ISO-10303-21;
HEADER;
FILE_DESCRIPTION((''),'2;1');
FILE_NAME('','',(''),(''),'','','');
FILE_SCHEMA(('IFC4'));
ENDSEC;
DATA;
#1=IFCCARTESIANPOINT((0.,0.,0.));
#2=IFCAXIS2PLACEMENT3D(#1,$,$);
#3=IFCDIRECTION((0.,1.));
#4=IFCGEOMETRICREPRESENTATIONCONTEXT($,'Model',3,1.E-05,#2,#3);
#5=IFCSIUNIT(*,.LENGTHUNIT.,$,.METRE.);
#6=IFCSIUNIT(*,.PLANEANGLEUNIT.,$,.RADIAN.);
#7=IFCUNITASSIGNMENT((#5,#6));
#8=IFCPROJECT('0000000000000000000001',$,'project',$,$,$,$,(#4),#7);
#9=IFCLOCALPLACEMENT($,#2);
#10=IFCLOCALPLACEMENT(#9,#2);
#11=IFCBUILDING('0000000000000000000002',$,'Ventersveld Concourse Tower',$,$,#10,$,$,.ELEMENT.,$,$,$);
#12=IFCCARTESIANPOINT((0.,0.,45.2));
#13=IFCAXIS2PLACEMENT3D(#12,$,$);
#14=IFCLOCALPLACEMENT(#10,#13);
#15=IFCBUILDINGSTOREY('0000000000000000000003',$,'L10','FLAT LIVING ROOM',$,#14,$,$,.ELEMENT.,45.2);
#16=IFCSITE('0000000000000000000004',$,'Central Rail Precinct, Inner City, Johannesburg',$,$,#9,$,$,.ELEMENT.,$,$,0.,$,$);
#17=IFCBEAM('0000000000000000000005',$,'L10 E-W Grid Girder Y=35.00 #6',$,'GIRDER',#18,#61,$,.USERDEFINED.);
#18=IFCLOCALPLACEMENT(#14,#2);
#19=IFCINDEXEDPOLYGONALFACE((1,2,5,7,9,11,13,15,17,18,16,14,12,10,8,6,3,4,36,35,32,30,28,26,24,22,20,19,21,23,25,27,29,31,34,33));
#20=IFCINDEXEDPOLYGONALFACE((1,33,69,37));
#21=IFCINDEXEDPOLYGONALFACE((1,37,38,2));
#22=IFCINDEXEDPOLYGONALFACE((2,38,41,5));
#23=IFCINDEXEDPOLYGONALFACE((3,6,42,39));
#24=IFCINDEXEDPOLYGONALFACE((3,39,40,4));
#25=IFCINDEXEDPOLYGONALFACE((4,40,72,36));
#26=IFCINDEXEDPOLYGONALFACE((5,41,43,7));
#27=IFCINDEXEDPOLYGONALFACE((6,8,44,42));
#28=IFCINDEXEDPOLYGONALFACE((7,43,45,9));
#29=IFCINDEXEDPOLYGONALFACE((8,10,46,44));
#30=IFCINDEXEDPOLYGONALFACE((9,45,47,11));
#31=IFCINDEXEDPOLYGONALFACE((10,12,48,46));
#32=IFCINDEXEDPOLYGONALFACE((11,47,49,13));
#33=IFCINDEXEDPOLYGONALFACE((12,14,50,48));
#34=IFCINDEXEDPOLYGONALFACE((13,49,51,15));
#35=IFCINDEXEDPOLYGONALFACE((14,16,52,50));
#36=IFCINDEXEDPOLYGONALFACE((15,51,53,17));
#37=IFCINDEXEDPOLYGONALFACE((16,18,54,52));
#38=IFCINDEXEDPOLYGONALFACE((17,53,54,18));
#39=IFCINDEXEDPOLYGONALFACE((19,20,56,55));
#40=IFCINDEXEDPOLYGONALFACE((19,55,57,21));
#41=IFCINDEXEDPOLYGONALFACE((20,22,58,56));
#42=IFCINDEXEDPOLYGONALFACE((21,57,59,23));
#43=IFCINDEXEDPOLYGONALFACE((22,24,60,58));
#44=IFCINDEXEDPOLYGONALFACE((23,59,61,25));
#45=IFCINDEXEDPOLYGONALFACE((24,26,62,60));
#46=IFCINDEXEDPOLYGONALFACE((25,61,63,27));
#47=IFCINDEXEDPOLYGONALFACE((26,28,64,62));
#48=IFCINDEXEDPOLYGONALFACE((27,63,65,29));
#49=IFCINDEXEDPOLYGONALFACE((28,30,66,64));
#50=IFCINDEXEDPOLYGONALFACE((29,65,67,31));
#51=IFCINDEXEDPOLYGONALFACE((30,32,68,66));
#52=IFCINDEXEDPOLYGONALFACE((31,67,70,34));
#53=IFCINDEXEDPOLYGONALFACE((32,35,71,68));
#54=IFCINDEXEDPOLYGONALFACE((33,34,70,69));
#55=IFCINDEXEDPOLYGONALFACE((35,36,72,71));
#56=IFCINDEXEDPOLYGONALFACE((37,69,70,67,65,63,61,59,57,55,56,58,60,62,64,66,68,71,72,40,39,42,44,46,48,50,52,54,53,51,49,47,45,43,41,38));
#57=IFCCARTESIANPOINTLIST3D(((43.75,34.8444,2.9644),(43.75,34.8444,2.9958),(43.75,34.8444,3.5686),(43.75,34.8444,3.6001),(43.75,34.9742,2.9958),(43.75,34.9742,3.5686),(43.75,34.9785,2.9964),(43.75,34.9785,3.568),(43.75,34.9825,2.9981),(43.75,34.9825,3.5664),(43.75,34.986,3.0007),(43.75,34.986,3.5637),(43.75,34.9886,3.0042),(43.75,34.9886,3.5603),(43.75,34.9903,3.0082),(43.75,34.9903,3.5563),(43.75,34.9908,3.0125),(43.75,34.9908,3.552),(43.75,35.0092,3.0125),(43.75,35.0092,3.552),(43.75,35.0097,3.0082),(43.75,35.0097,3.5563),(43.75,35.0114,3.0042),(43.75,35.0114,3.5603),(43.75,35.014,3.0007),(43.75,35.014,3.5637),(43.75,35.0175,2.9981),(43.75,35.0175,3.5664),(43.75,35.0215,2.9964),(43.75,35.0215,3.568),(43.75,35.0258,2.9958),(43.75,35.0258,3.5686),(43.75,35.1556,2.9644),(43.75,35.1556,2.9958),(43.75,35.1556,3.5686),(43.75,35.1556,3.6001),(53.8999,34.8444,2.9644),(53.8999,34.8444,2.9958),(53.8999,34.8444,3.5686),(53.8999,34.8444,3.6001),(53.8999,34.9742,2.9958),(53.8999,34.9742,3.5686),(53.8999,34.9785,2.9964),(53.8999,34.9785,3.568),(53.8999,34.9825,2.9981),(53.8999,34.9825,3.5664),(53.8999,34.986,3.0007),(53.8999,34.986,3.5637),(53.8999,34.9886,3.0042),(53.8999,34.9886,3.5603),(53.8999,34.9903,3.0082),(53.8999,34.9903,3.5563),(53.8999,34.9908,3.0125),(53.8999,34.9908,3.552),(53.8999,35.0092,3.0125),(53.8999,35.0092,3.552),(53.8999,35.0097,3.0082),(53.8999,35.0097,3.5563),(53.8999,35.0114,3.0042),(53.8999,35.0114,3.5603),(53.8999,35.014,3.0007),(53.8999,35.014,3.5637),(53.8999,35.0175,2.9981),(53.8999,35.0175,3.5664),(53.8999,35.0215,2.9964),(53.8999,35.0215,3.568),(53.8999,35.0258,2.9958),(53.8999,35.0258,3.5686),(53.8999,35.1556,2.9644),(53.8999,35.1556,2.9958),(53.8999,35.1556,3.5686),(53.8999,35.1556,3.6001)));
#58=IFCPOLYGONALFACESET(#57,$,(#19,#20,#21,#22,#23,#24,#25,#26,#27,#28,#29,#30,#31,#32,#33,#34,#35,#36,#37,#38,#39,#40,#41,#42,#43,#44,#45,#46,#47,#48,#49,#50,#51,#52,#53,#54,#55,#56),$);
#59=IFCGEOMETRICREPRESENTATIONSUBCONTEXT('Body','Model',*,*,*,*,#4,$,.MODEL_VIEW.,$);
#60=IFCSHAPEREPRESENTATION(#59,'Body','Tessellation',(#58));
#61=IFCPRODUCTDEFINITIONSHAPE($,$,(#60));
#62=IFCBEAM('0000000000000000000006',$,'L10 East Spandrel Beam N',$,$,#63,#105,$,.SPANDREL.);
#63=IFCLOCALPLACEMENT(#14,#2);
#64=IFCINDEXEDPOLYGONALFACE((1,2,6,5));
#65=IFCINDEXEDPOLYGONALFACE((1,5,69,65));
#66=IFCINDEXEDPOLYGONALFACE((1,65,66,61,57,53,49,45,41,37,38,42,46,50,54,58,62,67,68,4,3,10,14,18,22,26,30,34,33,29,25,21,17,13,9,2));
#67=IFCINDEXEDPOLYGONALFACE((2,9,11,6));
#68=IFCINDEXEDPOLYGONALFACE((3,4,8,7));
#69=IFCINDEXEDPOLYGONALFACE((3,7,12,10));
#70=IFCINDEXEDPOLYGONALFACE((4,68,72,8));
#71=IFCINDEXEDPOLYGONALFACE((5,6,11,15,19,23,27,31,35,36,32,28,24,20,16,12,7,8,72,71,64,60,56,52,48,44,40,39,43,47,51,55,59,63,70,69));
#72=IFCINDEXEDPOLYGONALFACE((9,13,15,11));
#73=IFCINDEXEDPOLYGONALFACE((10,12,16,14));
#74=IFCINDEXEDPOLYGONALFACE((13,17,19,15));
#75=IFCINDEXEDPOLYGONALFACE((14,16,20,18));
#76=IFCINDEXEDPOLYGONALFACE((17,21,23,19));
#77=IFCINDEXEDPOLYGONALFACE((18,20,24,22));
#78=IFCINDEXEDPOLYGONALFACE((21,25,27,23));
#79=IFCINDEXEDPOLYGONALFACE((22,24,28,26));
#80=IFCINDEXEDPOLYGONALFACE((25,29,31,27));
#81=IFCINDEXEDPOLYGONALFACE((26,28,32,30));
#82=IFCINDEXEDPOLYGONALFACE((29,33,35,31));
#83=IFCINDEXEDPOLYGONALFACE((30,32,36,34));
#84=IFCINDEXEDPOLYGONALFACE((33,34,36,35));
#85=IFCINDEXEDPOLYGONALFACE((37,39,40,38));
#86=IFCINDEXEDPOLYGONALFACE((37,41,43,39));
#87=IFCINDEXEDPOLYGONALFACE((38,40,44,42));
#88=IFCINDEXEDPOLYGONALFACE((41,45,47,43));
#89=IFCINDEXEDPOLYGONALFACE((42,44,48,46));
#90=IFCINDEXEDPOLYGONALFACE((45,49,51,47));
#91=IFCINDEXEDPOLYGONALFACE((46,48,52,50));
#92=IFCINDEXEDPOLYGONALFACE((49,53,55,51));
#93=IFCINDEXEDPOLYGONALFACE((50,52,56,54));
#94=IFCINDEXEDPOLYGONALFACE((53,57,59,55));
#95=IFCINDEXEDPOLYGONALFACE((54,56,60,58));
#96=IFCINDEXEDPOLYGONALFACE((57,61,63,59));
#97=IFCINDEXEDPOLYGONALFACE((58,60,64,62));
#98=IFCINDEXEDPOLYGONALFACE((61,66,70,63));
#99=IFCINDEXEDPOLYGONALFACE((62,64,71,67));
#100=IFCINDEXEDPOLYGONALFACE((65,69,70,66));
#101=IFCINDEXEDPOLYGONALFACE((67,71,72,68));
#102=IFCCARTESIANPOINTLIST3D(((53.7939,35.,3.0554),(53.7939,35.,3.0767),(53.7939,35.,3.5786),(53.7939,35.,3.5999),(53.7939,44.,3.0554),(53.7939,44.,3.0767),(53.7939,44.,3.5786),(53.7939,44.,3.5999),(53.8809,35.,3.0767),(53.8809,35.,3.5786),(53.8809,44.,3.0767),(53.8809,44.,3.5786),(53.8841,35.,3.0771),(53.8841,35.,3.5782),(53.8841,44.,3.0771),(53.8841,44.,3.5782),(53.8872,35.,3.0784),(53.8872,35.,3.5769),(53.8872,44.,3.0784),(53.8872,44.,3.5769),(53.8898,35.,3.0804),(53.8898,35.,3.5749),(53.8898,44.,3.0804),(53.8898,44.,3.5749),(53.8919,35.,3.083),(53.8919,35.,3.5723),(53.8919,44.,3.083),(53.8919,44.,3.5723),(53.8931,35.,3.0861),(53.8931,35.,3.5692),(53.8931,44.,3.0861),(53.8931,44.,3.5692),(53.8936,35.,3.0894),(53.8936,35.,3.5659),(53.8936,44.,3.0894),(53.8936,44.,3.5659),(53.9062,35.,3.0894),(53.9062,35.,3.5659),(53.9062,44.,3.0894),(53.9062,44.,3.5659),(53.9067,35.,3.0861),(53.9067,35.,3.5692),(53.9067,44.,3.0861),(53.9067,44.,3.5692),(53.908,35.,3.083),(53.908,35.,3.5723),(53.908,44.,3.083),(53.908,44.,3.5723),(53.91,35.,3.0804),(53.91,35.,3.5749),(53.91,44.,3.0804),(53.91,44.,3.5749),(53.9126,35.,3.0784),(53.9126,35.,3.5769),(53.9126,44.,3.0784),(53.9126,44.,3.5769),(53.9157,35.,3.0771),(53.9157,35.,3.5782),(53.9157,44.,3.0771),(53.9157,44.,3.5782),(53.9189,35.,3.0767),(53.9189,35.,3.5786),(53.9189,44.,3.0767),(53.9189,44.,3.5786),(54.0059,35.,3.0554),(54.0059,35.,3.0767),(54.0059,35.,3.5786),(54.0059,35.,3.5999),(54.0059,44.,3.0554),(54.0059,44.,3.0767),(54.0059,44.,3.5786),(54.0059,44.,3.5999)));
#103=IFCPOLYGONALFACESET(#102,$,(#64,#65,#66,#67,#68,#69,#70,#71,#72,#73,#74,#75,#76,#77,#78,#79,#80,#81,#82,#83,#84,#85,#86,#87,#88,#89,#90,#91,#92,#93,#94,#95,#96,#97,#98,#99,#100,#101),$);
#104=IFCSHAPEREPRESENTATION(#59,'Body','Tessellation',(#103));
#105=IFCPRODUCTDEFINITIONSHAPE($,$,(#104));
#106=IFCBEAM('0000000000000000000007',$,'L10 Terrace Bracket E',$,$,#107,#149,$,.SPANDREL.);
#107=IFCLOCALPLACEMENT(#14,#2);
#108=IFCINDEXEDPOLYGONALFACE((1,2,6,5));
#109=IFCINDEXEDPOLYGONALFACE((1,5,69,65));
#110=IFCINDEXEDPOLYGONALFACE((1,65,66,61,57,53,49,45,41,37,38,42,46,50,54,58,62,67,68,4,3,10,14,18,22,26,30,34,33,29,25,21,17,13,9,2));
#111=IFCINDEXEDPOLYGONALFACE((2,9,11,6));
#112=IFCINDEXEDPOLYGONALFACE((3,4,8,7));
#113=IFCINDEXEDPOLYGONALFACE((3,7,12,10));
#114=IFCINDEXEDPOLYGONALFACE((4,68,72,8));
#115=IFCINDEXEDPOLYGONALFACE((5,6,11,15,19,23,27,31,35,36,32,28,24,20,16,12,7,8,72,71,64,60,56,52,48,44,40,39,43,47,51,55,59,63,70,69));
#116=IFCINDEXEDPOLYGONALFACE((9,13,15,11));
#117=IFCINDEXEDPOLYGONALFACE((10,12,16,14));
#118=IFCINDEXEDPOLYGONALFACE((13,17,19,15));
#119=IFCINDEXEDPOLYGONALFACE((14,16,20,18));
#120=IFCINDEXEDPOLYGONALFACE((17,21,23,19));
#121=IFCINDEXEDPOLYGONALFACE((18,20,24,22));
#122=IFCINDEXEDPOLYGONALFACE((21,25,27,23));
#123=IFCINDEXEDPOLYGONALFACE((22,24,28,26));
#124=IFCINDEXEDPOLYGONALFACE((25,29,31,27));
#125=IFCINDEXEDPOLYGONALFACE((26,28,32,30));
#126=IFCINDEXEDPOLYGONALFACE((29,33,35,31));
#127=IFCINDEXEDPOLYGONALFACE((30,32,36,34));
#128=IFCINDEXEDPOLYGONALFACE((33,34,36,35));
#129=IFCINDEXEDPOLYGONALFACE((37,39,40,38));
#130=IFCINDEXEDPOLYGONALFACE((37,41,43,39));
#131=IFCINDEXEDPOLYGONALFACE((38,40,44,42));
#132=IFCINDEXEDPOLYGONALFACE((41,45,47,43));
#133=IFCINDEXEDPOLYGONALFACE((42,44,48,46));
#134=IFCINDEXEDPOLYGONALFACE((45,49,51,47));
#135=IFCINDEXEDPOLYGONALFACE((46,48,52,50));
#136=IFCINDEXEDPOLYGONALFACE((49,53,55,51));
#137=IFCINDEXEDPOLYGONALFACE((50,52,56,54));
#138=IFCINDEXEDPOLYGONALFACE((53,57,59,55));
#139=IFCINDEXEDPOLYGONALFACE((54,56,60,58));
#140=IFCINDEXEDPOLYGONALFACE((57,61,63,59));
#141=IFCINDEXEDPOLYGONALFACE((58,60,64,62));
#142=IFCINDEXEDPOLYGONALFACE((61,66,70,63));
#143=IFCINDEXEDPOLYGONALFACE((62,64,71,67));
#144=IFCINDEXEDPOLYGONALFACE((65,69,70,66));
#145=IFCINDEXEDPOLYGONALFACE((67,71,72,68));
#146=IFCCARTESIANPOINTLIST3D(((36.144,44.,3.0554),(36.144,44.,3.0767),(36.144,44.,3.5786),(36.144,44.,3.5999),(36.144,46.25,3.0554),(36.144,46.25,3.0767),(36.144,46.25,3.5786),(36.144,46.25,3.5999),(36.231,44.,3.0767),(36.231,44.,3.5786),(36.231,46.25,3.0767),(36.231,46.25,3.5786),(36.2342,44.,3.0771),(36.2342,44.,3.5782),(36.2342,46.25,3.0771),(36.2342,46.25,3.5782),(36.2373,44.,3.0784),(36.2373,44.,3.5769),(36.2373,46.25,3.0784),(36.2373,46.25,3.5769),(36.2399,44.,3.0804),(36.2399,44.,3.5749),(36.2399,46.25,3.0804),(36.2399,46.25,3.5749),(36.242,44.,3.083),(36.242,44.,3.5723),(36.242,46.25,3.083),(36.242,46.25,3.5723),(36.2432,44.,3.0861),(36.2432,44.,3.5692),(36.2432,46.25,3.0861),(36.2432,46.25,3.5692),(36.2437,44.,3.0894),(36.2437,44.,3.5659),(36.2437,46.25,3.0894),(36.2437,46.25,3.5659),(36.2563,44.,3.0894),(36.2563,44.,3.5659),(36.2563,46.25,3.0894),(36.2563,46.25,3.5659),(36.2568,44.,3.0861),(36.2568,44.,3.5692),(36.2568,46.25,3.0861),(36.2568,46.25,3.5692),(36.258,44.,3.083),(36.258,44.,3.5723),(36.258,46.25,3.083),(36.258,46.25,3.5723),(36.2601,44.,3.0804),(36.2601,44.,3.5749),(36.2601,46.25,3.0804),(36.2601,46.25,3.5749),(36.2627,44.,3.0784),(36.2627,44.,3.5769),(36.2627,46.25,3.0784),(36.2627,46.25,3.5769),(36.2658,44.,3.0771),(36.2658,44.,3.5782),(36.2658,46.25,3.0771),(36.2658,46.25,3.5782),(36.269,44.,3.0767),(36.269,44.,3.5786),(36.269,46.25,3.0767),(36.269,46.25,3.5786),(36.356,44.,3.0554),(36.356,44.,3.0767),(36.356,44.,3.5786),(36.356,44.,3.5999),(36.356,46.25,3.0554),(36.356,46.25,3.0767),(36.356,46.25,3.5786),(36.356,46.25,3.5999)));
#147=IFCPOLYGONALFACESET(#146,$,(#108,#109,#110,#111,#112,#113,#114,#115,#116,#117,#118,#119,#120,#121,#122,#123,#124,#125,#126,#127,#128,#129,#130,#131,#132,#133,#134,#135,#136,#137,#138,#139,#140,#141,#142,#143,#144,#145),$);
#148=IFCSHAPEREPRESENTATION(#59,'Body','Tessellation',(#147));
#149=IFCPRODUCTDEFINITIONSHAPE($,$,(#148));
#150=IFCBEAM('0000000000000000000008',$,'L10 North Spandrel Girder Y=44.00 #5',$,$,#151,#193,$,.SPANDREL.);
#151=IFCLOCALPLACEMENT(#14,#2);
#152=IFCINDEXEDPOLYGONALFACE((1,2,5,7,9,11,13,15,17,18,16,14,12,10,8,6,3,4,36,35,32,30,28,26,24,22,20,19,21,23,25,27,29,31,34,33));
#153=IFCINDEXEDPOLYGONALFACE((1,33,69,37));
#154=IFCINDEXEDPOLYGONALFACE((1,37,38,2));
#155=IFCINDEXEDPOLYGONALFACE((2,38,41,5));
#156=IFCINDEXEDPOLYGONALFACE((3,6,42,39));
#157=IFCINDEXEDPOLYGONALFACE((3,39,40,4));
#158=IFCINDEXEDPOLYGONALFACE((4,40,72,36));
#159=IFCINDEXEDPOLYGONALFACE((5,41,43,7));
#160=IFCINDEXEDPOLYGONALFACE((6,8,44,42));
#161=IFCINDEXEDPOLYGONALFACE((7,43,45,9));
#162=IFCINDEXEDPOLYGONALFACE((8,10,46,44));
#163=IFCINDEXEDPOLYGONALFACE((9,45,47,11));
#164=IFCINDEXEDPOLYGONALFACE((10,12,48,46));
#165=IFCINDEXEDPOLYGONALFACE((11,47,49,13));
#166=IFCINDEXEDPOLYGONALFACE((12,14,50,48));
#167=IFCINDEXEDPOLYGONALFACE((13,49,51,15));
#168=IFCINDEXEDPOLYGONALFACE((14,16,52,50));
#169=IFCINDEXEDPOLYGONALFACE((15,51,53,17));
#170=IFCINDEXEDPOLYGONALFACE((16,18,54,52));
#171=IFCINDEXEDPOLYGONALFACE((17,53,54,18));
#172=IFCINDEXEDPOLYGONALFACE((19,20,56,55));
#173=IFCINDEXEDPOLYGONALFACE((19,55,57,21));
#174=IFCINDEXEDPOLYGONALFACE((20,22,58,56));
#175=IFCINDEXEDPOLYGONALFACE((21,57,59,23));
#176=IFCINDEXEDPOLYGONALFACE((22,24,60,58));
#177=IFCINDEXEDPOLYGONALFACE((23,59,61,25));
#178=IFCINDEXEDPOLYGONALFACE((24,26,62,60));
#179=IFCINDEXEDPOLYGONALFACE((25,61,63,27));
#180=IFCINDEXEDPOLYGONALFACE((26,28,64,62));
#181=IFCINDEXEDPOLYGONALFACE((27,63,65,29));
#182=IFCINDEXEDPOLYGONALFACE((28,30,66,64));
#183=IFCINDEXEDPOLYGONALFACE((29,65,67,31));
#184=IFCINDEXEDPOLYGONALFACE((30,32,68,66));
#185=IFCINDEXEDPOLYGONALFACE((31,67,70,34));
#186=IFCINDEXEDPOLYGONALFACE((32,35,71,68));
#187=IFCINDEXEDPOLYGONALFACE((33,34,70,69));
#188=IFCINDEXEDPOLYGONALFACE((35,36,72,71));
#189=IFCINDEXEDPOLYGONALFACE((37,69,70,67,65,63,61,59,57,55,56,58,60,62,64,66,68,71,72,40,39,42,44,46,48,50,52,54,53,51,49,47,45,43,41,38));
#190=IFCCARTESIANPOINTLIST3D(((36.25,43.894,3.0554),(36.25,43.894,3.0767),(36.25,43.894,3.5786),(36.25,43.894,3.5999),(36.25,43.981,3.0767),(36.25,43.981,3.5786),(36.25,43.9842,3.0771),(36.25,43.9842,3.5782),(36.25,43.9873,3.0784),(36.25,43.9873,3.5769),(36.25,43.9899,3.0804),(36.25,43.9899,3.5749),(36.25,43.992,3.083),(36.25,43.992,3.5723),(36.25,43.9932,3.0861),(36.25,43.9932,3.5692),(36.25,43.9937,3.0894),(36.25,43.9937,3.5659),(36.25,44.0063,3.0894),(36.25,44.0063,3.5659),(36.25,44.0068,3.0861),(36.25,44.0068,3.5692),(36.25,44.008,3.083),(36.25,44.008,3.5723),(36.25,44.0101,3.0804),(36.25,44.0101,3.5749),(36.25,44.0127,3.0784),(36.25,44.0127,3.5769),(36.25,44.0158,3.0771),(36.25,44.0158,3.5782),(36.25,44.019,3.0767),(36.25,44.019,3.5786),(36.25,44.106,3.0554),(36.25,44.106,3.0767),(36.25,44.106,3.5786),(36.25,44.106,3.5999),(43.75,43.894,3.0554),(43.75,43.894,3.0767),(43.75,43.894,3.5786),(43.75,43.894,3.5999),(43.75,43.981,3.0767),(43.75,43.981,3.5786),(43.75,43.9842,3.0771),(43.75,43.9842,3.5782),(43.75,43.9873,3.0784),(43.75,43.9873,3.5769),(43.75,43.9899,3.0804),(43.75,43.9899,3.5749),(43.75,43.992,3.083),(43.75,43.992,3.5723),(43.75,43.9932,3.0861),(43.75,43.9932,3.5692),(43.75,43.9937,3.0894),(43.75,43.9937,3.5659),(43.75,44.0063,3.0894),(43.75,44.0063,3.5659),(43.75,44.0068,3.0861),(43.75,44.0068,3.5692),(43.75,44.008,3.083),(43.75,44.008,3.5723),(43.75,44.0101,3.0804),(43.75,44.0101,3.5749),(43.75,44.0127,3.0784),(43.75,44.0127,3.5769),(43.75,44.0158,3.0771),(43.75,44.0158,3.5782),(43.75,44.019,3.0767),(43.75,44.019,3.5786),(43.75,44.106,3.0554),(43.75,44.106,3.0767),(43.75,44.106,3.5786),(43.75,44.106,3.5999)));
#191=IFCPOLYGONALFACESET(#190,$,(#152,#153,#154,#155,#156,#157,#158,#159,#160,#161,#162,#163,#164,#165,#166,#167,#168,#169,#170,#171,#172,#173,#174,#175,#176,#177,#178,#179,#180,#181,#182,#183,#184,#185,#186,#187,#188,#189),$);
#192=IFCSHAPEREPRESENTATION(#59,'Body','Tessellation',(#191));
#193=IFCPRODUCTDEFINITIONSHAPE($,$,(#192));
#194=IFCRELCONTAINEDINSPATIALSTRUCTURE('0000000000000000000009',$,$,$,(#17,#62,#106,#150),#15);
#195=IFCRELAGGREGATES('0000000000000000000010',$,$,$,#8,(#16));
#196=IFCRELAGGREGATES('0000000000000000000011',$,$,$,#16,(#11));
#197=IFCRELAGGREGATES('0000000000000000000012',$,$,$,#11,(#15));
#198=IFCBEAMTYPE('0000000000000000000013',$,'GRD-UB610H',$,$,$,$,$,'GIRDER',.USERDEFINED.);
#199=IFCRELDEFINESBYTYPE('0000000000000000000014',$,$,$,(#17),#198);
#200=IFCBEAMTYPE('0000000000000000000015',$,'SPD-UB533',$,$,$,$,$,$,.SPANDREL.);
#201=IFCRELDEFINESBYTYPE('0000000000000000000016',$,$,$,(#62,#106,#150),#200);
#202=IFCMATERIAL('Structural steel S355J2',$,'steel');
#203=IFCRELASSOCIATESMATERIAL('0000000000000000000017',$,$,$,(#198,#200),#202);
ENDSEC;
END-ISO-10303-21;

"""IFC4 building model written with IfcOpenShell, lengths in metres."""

from ifc_helpers import new_model, si_unit, direction, frame, origin, origin_2d, place, context, subcontext, project, spatial, i_section, extrude, material, material_profile, profile_set, type_object, element, save


model = new_model("IFC4")

# Units and contexts
model_context = context("Model", 3, precision=1e-05, world=origin(), true_north=direction((0.0, 1.0)))
body_context = subcontext(model_context, "Body", "Model", "MODEL_VIEW")
ifc_project = project(units=[si_unit("LENGTHUNIT", "METRE"), si_unit("PLANEANGLEUNIT", "RADIAN")], contexts=[model_context])

# Site, building, storey
site_placement = place(None, origin())
site = spatial("IfcSite", under=ifc_project, at=site_placement, Name="Central Rail Precinct, Inner City, Johannesburg", CompositionType="ELEMENT", RefElevation=0.0)
building_placement = place(site_placement, origin())
building = spatial("IfcBuilding", under=site, at=building_placement, Name="Ventersveld Concourse Tower", CompositionType="ELEMENT")
storey_placement = place(building_placement, frame((0.0, 0.0, 45.2)))
storey = spatial("IfcBuildingStorey", under=building, at=storey_placement, Name="L10", Description="FLAT LIVING ROOM", CompositionType="ELEMENT", Elevation=45.2)

# Beams
ifc_material_1 = material(Name="Structural steel S355J2", Category="steel")
ifc_material_profile_1 = material_profile(ifc_material_1, i_section(OverallWidth=0.3113, OverallDepth=0.6357, WebThickness=0.0183, FlangeThickness=0.0315, FilletRadius=0.0166, at=origin_2d()), Name="UB 610x305x238")
ifc_profile_set_1 = profile_set([ifc_material_profile_1], Name="Structural steel S355J2")
beam_type_1 = type_object("IfcBeamType", Name="GRD-UB610H", ElementType="GIRDER", PredefinedType="USERDEFINED", material=ifc_profile_set_1)
beam_1_placement = place(storey_placement, frame((43.75, 35.0, 3.2822), z_axis=(1.0, 0.0, 0.0), x_axis=(0.0, 1.0, 0.0)))
element("IfcBeam", 1, at=beam_1_placement, inside=storey, type_object=beam_type_1, Name="L10 E-W Grid Girder Y=35.00 #6", ObjectType="GIRDER", PredefinedType="USERDEFINED", context=body_context, shape_type="SweptSolid", body=[
    extrude(i_section(OverallWidth=0.3113, OverallDepth=0.6357, WebThickness=0.0183, FlangeThickness=0.0315, FilletRadius=0.0166, at=origin_2d()), origin(), (0.0, 0.0, 1.0), 10.1499),
])
ifc_material_profile_2 = material_profile(ifc_material_1, i_section(OverallWidth=0.2119, OverallDepth=0.5444, WebThickness=0.0127, FlangeThickness=0.0212, FilletRadius=0.0127, at=origin_2d()), Name="UB 533x210x122")
ifc_profile_set_2 = profile_set([ifc_material_profile_2], Name="Structural steel S355J2")
beam_type_2 = type_object("IfcBeamType", Name="SPD-UB533", PredefinedType="SPANDREL", material=ifc_profile_set_2)
beam_2_placement = place(storey_placement, frame((53.8999, 35.0, 3.3276), z_axis=(0.0, 1.0, 0.0), x_axis=(-1.0, 0.0, 0.0)))
element("IfcBeam", 2, at=beam_2_placement, inside=storey, type_object=beam_type_2, Name="L10 East Spandrel Beam N", PredefinedType="SPANDREL", context=body_context, shape_type="SweptSolid", body=[
    extrude(i_section(OverallWidth=0.2119, OverallDepth=0.5444, WebThickness=0.0127, FlangeThickness=0.0212, FilletRadius=0.0127, at=origin_2d()), origin(), (0.0, 0.0, 1.0), 9.0),
])
beam_3_placement = place(storey_placement, frame((36.25, 44.0, 3.3276), z_axis=(0.0, 1.0, 0.0), x_axis=(-1.0, 0.0, 0.0)))
element("IfcBeam", 3, at=beam_3_placement, inside=storey, type_object=beam_type_2, Name="L10 Terrace Bracket E", PredefinedType="SPANDREL", context=body_context, shape_type="SweptSolid", body=[
    extrude(i_section(OverallWidth=0.2119, OverallDepth=0.5444, WebThickness=0.0127, FlangeThickness=0.0212, FilletRadius=0.0127, at=origin_2d()), origin(), (0.0, 0.0, 1.0), 2.25),
])
beam_4_placement = place(storey_placement, frame((36.25, 44.0, 3.3276), z_axis=(1.0, 0.0, 0.0), x_axis=(0.0, 1.0, 0.0)))
element("IfcBeam", 4, at=beam_4_placement, inside=storey, type_object=beam_type_2, Name="L10 North Spandrel Girder Y=44.00 #5", PredefinedType="SPANDREL", context=body_context, shape_type="SweptSolid", body=[
    extrude(i_section(OverallWidth=0.2119, OverallDepth=0.5444, WebThickness=0.0127, FlangeThickness=0.0212, FilletRadius=0.0127, at=origin_2d()), origin(), (0.0, 0.0, 1.0), 7.5),
])

save(model, "model.ifc")
